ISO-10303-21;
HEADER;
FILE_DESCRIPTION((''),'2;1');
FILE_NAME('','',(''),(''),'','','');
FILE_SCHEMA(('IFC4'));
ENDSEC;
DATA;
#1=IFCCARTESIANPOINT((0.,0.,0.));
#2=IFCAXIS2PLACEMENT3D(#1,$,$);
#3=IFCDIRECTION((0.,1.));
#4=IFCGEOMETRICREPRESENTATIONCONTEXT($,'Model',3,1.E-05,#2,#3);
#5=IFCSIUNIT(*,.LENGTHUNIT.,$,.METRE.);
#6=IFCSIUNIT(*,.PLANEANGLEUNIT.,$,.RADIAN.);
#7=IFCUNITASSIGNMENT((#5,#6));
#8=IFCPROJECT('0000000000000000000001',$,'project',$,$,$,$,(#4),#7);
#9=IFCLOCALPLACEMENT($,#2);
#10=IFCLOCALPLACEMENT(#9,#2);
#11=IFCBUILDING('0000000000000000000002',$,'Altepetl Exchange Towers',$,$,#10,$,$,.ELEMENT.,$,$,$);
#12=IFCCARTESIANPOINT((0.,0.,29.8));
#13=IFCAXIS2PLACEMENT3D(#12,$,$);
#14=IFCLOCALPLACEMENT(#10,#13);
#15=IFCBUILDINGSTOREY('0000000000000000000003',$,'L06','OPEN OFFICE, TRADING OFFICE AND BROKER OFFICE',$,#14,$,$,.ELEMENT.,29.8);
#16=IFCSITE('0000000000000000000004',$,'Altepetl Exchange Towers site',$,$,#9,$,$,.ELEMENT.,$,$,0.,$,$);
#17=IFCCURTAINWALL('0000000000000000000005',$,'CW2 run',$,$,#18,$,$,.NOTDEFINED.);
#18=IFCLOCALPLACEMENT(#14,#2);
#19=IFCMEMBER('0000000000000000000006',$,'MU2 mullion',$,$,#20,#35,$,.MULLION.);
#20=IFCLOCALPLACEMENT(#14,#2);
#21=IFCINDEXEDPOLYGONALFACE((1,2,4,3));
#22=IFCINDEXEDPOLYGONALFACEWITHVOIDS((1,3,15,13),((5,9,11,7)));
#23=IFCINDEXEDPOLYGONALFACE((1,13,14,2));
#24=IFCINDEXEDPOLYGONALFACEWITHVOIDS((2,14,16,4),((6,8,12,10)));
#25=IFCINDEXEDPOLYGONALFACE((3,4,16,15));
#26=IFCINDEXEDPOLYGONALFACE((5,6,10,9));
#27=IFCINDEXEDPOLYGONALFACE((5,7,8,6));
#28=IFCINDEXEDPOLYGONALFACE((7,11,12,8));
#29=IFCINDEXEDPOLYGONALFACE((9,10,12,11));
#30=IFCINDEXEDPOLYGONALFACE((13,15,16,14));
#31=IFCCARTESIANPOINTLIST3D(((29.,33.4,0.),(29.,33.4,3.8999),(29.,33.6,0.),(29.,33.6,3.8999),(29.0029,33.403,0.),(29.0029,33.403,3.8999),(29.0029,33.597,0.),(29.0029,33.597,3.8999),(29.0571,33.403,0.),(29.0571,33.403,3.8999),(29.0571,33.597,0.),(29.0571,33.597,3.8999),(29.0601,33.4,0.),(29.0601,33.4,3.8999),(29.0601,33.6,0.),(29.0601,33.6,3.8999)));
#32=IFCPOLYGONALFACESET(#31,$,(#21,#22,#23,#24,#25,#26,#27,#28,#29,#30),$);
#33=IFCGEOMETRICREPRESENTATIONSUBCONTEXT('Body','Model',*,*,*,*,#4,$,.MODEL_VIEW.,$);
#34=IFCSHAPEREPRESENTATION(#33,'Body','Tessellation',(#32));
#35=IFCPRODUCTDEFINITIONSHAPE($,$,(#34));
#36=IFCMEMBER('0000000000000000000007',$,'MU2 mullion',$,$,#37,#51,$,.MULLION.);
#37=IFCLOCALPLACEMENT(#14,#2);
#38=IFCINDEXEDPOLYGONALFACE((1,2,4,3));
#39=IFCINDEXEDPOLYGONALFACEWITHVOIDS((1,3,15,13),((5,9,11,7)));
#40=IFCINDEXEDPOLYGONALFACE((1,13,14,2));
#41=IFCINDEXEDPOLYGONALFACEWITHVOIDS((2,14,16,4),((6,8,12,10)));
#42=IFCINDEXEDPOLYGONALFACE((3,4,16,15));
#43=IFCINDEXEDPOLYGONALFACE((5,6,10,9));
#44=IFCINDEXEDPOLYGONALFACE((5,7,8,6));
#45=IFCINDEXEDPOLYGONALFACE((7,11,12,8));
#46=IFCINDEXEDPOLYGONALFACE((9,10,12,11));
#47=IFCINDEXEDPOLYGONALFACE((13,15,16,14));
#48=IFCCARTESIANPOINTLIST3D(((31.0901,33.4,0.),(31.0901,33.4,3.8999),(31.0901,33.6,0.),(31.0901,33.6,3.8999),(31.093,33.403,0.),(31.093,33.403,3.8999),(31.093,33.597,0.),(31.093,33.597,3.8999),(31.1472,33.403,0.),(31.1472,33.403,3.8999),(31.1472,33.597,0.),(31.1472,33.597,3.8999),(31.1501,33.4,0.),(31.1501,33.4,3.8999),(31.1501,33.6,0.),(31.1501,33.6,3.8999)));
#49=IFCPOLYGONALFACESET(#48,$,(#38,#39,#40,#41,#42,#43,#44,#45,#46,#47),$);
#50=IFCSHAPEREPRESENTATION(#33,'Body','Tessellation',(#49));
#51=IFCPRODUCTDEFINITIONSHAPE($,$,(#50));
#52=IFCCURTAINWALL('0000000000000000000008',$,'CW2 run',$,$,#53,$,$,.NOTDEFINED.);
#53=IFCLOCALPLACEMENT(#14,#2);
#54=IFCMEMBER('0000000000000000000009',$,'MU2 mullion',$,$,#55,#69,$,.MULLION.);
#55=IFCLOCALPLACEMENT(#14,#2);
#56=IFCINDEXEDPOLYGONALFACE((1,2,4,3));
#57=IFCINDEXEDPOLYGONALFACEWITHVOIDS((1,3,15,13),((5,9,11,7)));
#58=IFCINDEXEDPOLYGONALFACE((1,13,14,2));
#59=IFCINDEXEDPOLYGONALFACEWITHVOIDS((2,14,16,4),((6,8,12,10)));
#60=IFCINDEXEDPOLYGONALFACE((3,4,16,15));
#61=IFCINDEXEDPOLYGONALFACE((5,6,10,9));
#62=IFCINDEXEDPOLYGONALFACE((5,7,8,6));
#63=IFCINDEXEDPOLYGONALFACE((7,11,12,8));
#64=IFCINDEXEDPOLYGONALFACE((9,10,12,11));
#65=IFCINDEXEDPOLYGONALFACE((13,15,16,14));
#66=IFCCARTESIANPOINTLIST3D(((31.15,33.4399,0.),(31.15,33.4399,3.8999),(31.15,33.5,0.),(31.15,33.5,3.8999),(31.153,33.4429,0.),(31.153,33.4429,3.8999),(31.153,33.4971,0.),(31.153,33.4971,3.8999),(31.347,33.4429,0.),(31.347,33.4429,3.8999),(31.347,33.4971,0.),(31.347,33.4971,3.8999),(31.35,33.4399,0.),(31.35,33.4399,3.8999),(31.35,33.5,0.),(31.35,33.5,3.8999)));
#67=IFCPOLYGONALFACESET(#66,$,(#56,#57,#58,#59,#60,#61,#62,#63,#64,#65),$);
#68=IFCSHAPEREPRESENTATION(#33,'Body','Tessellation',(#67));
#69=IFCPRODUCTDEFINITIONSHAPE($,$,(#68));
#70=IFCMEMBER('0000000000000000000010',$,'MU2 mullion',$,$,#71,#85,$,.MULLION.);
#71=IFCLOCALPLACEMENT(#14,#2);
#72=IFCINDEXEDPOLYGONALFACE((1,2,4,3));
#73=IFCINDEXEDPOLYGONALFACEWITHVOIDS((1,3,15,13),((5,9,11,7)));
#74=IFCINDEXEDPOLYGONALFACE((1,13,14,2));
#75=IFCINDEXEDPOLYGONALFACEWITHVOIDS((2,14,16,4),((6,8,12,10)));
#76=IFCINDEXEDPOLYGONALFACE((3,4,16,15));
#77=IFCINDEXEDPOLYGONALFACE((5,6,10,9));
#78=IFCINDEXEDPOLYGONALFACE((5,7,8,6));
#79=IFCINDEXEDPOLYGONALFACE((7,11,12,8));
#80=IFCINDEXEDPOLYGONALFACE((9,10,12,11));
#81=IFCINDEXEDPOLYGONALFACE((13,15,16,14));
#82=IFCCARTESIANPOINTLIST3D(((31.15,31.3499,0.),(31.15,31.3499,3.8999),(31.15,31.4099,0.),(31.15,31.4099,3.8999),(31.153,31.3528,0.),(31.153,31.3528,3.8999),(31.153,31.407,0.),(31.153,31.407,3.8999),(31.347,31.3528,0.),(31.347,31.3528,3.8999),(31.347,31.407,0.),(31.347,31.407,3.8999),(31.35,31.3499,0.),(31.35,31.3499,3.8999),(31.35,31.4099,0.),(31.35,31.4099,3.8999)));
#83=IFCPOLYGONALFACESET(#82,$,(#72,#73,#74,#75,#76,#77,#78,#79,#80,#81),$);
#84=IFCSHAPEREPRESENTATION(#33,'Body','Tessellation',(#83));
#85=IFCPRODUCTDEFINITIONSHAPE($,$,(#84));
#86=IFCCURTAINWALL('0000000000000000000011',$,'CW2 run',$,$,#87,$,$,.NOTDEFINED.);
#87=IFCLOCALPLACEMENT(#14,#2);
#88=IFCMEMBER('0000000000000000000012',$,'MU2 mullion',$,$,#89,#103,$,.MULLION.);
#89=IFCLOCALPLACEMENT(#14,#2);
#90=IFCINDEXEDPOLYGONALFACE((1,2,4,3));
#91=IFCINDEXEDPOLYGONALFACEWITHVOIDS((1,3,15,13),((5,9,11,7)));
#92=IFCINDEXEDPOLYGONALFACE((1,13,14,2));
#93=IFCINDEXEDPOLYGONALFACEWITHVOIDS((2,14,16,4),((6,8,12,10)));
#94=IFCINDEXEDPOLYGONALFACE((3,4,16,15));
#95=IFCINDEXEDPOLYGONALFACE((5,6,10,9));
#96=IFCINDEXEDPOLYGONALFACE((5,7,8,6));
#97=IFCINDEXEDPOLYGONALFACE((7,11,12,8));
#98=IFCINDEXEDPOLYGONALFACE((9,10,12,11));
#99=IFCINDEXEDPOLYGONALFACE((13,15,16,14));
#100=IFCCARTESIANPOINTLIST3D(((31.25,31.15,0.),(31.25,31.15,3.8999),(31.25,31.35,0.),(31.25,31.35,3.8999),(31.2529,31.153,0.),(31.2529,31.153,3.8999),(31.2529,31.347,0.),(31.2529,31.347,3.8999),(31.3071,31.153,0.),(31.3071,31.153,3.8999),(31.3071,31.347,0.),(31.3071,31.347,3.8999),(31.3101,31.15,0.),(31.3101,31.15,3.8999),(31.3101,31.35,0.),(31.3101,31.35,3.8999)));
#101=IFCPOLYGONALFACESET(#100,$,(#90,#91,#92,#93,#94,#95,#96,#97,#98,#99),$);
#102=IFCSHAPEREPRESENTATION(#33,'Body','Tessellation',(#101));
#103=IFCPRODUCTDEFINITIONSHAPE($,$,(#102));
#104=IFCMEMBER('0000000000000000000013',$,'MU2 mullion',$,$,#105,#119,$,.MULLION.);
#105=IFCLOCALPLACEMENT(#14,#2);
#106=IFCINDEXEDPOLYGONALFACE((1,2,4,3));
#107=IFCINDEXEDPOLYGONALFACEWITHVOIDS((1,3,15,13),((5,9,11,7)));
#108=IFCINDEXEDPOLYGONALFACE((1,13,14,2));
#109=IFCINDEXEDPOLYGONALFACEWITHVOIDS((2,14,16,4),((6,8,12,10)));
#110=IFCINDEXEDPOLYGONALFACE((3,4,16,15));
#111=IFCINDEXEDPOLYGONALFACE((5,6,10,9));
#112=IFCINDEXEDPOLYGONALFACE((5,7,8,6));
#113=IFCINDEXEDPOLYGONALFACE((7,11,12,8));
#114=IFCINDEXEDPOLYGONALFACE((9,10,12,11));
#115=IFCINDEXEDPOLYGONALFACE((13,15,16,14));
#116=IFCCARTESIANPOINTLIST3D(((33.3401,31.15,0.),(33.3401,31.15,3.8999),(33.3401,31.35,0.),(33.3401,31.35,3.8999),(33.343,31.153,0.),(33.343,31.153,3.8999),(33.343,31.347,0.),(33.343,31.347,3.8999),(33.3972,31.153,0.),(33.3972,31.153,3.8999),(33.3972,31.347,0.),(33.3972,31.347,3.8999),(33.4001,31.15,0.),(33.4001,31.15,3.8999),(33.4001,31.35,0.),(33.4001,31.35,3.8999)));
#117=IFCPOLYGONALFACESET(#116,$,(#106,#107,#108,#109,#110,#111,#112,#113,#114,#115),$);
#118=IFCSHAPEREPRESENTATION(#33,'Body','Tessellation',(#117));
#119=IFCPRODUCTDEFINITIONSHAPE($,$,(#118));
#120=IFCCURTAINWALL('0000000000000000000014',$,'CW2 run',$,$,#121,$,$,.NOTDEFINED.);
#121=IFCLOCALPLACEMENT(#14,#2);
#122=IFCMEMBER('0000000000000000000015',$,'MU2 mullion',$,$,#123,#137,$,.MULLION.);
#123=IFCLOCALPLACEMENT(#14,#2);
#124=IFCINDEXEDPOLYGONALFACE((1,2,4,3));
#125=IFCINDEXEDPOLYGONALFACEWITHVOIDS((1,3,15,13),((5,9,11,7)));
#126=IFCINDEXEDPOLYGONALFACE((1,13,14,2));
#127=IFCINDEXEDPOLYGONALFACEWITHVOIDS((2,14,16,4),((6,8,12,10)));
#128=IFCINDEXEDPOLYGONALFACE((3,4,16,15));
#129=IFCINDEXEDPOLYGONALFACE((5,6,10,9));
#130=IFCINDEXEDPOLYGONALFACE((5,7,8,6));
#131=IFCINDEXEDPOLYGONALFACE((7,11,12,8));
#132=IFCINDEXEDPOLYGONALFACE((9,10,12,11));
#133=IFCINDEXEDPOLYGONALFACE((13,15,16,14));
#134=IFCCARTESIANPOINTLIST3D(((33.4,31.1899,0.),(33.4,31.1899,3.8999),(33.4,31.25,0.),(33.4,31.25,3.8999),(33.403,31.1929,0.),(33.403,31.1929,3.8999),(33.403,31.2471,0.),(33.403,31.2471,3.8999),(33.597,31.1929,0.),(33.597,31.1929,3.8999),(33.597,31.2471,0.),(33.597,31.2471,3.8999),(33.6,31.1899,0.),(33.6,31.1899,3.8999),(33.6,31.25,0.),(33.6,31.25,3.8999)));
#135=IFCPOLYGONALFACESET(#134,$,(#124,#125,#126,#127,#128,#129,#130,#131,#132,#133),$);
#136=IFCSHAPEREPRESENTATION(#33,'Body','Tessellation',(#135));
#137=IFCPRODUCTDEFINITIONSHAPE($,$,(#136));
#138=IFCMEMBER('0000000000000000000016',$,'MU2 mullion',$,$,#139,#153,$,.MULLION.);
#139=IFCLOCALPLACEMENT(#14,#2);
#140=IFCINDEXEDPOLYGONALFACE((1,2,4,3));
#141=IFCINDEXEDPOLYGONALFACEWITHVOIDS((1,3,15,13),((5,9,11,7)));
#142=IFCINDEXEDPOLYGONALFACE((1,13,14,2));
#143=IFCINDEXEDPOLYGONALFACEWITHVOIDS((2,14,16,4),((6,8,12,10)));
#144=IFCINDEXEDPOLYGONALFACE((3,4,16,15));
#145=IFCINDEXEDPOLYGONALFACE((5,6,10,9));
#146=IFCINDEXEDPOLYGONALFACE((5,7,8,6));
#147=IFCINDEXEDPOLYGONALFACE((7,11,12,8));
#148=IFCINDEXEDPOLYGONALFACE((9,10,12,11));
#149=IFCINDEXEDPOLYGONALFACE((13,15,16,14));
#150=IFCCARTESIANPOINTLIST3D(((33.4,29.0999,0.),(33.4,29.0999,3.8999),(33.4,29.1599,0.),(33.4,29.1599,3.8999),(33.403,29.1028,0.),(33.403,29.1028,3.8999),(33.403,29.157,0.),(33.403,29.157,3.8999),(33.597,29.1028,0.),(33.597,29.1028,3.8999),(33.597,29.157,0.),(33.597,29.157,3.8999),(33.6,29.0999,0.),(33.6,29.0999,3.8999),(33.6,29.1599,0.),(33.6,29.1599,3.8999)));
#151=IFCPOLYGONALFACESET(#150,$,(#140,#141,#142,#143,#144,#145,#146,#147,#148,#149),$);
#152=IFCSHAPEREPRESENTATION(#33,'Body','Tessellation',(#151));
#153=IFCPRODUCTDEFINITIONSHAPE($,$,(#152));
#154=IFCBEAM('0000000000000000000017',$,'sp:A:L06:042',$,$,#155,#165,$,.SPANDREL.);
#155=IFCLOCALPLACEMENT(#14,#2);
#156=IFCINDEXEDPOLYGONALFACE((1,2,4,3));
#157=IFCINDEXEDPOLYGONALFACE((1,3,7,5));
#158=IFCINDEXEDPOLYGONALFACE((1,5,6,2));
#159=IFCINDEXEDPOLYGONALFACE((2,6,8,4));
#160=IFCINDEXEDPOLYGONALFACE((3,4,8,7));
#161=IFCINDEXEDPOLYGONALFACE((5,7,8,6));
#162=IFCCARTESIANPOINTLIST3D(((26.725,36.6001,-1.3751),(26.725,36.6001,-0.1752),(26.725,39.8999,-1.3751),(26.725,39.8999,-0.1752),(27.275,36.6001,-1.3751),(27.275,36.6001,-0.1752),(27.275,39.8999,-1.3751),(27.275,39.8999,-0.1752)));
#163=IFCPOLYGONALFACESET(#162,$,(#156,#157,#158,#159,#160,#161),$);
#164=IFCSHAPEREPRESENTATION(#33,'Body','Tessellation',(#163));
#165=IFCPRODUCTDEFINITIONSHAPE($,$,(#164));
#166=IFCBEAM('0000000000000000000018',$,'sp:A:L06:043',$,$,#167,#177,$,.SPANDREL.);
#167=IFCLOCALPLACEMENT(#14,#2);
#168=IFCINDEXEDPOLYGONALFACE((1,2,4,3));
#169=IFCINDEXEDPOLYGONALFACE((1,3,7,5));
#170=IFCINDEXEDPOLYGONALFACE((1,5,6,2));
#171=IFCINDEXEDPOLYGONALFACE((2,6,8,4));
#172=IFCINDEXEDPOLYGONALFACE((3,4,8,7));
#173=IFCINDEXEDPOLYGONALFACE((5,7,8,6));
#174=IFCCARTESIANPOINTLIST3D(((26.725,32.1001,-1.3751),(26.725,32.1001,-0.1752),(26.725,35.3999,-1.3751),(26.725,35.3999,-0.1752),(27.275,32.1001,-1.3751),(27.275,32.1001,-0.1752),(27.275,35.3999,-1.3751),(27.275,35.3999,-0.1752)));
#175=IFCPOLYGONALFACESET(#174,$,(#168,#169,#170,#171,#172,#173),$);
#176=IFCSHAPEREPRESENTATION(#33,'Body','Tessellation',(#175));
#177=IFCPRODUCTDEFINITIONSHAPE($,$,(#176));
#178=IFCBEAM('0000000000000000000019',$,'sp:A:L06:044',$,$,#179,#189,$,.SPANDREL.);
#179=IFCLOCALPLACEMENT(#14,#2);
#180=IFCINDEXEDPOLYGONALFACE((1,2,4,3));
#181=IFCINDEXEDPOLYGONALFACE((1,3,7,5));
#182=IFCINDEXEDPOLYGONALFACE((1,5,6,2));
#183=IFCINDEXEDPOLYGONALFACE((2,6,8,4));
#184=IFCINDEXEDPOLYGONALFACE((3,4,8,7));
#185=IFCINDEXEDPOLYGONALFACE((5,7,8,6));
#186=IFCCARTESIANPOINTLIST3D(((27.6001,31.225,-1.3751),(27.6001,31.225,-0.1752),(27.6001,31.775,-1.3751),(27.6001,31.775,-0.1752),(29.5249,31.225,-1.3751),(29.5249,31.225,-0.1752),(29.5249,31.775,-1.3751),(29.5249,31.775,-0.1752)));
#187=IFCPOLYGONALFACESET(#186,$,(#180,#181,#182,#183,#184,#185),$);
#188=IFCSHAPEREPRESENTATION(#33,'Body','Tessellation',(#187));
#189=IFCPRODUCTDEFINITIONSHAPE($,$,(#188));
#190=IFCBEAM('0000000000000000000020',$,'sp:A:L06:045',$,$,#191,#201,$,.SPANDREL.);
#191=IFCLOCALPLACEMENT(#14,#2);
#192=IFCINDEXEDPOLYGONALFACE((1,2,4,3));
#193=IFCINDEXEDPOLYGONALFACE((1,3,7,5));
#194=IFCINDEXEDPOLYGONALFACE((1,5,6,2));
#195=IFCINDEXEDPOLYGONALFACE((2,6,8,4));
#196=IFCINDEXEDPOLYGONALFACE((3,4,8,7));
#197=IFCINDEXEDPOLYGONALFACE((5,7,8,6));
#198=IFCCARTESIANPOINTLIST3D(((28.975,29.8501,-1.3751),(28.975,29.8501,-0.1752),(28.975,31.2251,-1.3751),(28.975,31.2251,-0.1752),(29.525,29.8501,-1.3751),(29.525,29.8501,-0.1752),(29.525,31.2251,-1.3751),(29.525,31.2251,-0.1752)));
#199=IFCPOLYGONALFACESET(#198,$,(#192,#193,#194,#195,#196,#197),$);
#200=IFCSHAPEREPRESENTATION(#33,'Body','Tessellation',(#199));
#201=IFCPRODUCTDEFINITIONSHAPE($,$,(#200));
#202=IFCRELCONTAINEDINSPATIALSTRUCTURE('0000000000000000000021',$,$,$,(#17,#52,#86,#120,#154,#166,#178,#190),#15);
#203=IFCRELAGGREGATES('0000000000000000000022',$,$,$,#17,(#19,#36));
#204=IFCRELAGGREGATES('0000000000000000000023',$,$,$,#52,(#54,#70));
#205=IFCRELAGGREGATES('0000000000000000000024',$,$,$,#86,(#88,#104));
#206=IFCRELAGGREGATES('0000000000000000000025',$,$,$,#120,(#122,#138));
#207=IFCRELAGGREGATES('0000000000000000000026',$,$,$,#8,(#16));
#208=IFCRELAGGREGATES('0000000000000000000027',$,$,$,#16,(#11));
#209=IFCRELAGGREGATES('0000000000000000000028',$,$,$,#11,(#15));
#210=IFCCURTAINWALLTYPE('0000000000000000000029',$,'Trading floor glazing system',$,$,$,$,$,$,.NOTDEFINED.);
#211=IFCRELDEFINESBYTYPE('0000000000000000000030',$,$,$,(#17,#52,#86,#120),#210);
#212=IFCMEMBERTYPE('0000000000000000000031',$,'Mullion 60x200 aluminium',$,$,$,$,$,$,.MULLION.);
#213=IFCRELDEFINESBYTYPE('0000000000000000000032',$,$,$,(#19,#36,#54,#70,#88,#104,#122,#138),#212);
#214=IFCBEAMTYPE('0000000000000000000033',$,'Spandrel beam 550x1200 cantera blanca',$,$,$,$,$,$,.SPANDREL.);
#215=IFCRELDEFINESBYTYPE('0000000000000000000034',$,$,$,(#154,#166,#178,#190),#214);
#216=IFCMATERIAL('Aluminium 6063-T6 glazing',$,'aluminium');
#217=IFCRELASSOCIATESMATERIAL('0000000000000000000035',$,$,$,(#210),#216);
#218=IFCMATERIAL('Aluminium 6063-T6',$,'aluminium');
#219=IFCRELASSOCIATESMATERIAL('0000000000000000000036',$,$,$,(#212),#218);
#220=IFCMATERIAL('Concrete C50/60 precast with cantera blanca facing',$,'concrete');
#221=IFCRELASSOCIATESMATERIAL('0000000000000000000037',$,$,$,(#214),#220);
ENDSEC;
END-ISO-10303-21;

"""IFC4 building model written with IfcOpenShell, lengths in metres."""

from ifc_helpers import new_model, si_unit, direction, frame, origin, origin_2d, place, context, subcontext, project, spatial, rectangle, hollow_rectangle, extrude, material, material_profile, profile_set, type_object, element, aggregate, save


model = new_model("IFC4")

# Units and contexts
model_context = context("Model", 3, precision=1e-05, world=origin(), true_north=direction((0.0, 1.0)))
body_context = subcontext(model_context, "Body", "Model", "MODEL_VIEW")
ifc_project = project(units=[si_unit("LENGTHUNIT", "METRE"), si_unit("PLANEANGLEUNIT", "RADIAN")], contexts=[model_context])

# Site, building, storey
site_placement = place(None, origin())
site = spatial("IfcSite", under=ifc_project, at=site_placement, Name="Altepetl Exchange Towers site", CompositionType="ELEMENT", RefElevation=0.0)
building_placement = place(site_placement, origin())
building = spatial("IfcBuilding", under=site, at=building_placement, Name="Altepetl Exchange Towers", CompositionType="ELEMENT")
storey_placement = place(building_placement, frame((0.0, 0.0, 29.8)))
storey = spatial("IfcBuildingStorey", under=building, at=storey_placement, Name="L06", Description="OPEN OFFICE, TRADING OFFICE AND BROKER OFFICE", CompositionType="ELEMENT", Elevation=29.8)

# Curtain walls, members
ifc_material_1 = material(Name="Aluminium 6063-T6 glazing", Category="aluminium")
curtain_wall_type = type_object("IfcCurtainWallType", Name="Trading floor glazing system", PredefinedType="NOTDEFINED", material=ifc_material_1)
ifc_material_2 = material(Name="Aluminium 6063-T6", Category="aluminium")
ifc_material_profile_1 = material_profile(ifc_material_2, hollow_rectangle(XDim=0.0601, YDim=0.2, WallThickness=0.0029, at=origin_2d()), Name="Mullion 60x200 aluminium")
ifc_profile_set_1 = profile_set([ifc_material_profile_1], Name="Aluminium 6063-T6")
member_type = type_object("IfcMemberType", Name="Mullion 60x200 aluminium", PredefinedType="MULLION", material=ifc_profile_set_1)
curtain_wall_1_placement = place(storey_placement, origin())
curtain_wall_1 = element("IfcCurtainWall", 1, at=curtain_wall_1_placement, inside=storey, type_object=curtain_wall_type, Name="CW2 run", PredefinedType="NOTDEFINED")
member_1_placement = place(storey_placement, frame((29.03, 33.5, 0.0)))
member_1 = element("IfcMember", 2, at=member_1_placement, type_object=member_type, Name="MU2 mullion", PredefinedType="MULLION", context=body_context, shape_type="SweptSolid", body=[
    extrude(hollow_rectangle(XDim=0.0601, YDim=0.2, WallThickness=0.0029, at=origin_2d()), origin(), (0.0, 0.0, 1.0), 3.8999),
])
member_2_placement = place(storey_placement, frame((31.1201, 33.5, 0.0)))
member_2 = element("IfcMember", 3, at=member_2_placement, type_object=member_type, Name="MU2 mullion", PredefinedType="MULLION", context=body_context, shape_type="SweptSolid", body=[
    extrude(hollow_rectangle(XDim=0.0601, YDim=0.2, WallThickness=0.0029, at=origin_2d()), origin(), (0.0, 0.0, 1.0), 3.8999),
])
curtain_wall_2_placement = place(storey_placement, origin())
curtain_wall_2 = element("IfcCurtainWall", 4, at=curtain_wall_2_placement, inside=storey, type_object=curtain_wall_type, Name="CW2 run", PredefinedType="NOTDEFINED")
member_3_placement = place(storey_placement, frame((31.25, 33.47, 0.0), z_axis=(0.0, 0.0, 1.0), x_axis=(0.0, -1.0, 0.0)))
member_3 = element("IfcMember", 5, at=member_3_placement, type_object=member_type, Name="MU2 mullion", PredefinedType="MULLION", context=body_context, shape_type="SweptSolid", body=[
    extrude(hollow_rectangle(XDim=0.0601, YDim=0.2, WallThickness=0.0029, at=origin_2d()), origin(), (0.0, 0.0, 1.0), 3.8999),
])
member_4_placement = place(storey_placement, frame((31.25, 31.3799, 0.0), z_axis=(0.0, 0.0, 1.0), x_axis=(0.0, -1.0, 0.0)))
member_4 = element("IfcMember", 6, at=member_4_placement, type_object=member_type, Name="MU2 mullion", PredefinedType="MULLION", context=body_context, shape_type="SweptSolid", body=[
    extrude(hollow_rectangle(XDim=0.0601, YDim=0.2, WallThickness=0.0029, at=origin_2d()), origin(), (0.0, 0.0, 1.0), 3.8999),
])
curtain_wall_3_placement = place(storey_placement, origin())
curtain_wall_3 = element("IfcCurtainWall", 7, at=curtain_wall_3_placement, inside=storey, type_object=curtain_wall_type, Name="CW2 run", PredefinedType="NOTDEFINED")
member_5_placement = place(storey_placement, frame((31.28, 31.25, 0.0)))
member_5 = element("IfcMember", 8, at=member_5_placement, type_object=member_type, Name="MU2 mullion", PredefinedType="MULLION", context=body_context, shape_type="SweptSolid", body=[
    extrude(hollow_rectangle(XDim=0.0601, YDim=0.2, WallThickness=0.0029, at=origin_2d()), origin(), (0.0, 0.0, 1.0), 3.8999),
])
member_6_placement = place(storey_placement, frame((33.3701, 31.25, 0.0)))
member_6 = element("IfcMember", 9, at=member_6_placement, type_object=member_type, Name="MU2 mullion", PredefinedType="MULLION", context=body_context, shape_type="SweptSolid", body=[
    extrude(hollow_rectangle(XDim=0.0601, YDim=0.2, WallThickness=0.0029, at=origin_2d()), origin(), (0.0, 0.0, 1.0), 3.8999),
])
curtain_wall_4_placement = place(storey_placement, origin())
curtain_wall_4 = element("IfcCurtainWall", 10, at=curtain_wall_4_placement, inside=storey, type_object=curtain_wall_type, Name="CW2 run", PredefinedType="NOTDEFINED")
member_7_placement = place(storey_placement, frame((33.5, 31.22, 0.0), z_axis=(0.0, 0.0, 1.0), x_axis=(0.0, -1.0, 0.0)))
member_7 = element("IfcMember", 11, at=member_7_placement, type_object=member_type, Name="MU2 mullion", PredefinedType="MULLION", context=body_context, shape_type="SweptSolid", body=[
    extrude(hollow_rectangle(XDim=0.0601, YDim=0.2, WallThickness=0.0029, at=origin_2d()), origin(), (0.0, 0.0, 1.0), 3.8999),
])
member_8_placement = place(storey_placement, frame((33.5, 29.1299, 0.0), z_axis=(0.0, 0.0, 1.0), x_axis=(0.0, -1.0, 0.0)))
member_8 = element("IfcMember", 12, at=member_8_placement, type_object=member_type, Name="MU2 mullion", PredefinedType="MULLION", context=body_context, shape_type="SweptSolid", body=[
    extrude(hollow_rectangle(XDim=0.0601, YDim=0.2, WallThickness=0.0029, at=origin_2d()), origin(), (0.0, 0.0, 1.0), 3.8999),
])

# Beams
ifc_material_3 = material(Name="Concrete C50/60 precast with cantera blanca facing", Category="concrete")
ifc_material_profile_2 = material_profile(ifc_material_3, rectangle(XDim=0.55, YDim=1.2, at=origin_2d()), Name="550 x 1200")
ifc_profile_set_2 = profile_set([ifc_material_profile_2], Name="Concrete C50/60 precast with cantera blanca facing")
beam_type_1 = type_object("IfcBeamType", Name="Spandrel beam 550x1200 cantera blanca", PredefinedType="SPANDREL", material=ifc_profile_set_2)
for number, where, z_axis, x_axis, name in (
    (13, (27.0, 39.8999, -0.7751), (0.0, -1.0, 0.0), (1.0, 0.0, 0.0), "sp:A:L06:042"),
    (14, (27.0, 35.3999, -0.7751), (0.0, -1.0, 0.0), (1.0, 0.0, 0.0), "sp:A:L06:043"),
):
    element("IfcBeam", number, at=place(storey_placement, frame(where, z_axis=z_axis, x_axis=x_axis)), inside=storey, type_object=beam_type_1, Name=name, PredefinedType="SPANDREL", context=body_context, shape_type="SweptSolid", body=[
        extrude(rectangle(XDim=0.55, YDim=1.2, at=origin_2d()), origin(), (0.0, 0.0, 1.0), 3.2998),
    ])
beam_1_placement = place(storey_placement, frame((27.6001, 31.5, -0.7751), z_axis=(1.0, 0.0, 0.0), x_axis=(0.0, 1.0, 0.0)))
element("IfcBeam", 15, at=beam_1_placement, inside=storey, type_object=beam_type_1, Name="sp:A:L06:044", PredefinedType="SPANDREL", context=body_context, shape_type="SweptSolid", body=[
    extrude(rectangle(XDim=0.55, YDim=1.2, at=origin_2d()), origin(), (0.0, 0.0, 1.0), 1.9248),
])
beam_2_placement = place(storey_placement, frame((29.25, 31.2251, -0.7751), z_axis=(0.0, -1.0, 0.0), x_axis=(1.0, 0.0, 0.0)))
element("IfcBeam", 16, at=beam_2_placement, inside=storey, type_object=beam_type_1, Name="sp:A:L06:045", PredefinedType="SPANDREL", context=body_context, shape_type="SweptSolid", body=[
    extrude(rectangle(XDim=0.55, YDim=1.2, at=origin_2d()), origin(), (0.0, 0.0, 1.0), 1.375),
])

aggregate(curtain_wall_1, [member_1, member_2])
aggregate(curtain_wall_2, [member_3, member_4])
aggregate(curtain_wall_3, [member_5, member_6])
aggregate(curtain_wall_4, [member_7, member_8])

save(model, "model.ifc")
